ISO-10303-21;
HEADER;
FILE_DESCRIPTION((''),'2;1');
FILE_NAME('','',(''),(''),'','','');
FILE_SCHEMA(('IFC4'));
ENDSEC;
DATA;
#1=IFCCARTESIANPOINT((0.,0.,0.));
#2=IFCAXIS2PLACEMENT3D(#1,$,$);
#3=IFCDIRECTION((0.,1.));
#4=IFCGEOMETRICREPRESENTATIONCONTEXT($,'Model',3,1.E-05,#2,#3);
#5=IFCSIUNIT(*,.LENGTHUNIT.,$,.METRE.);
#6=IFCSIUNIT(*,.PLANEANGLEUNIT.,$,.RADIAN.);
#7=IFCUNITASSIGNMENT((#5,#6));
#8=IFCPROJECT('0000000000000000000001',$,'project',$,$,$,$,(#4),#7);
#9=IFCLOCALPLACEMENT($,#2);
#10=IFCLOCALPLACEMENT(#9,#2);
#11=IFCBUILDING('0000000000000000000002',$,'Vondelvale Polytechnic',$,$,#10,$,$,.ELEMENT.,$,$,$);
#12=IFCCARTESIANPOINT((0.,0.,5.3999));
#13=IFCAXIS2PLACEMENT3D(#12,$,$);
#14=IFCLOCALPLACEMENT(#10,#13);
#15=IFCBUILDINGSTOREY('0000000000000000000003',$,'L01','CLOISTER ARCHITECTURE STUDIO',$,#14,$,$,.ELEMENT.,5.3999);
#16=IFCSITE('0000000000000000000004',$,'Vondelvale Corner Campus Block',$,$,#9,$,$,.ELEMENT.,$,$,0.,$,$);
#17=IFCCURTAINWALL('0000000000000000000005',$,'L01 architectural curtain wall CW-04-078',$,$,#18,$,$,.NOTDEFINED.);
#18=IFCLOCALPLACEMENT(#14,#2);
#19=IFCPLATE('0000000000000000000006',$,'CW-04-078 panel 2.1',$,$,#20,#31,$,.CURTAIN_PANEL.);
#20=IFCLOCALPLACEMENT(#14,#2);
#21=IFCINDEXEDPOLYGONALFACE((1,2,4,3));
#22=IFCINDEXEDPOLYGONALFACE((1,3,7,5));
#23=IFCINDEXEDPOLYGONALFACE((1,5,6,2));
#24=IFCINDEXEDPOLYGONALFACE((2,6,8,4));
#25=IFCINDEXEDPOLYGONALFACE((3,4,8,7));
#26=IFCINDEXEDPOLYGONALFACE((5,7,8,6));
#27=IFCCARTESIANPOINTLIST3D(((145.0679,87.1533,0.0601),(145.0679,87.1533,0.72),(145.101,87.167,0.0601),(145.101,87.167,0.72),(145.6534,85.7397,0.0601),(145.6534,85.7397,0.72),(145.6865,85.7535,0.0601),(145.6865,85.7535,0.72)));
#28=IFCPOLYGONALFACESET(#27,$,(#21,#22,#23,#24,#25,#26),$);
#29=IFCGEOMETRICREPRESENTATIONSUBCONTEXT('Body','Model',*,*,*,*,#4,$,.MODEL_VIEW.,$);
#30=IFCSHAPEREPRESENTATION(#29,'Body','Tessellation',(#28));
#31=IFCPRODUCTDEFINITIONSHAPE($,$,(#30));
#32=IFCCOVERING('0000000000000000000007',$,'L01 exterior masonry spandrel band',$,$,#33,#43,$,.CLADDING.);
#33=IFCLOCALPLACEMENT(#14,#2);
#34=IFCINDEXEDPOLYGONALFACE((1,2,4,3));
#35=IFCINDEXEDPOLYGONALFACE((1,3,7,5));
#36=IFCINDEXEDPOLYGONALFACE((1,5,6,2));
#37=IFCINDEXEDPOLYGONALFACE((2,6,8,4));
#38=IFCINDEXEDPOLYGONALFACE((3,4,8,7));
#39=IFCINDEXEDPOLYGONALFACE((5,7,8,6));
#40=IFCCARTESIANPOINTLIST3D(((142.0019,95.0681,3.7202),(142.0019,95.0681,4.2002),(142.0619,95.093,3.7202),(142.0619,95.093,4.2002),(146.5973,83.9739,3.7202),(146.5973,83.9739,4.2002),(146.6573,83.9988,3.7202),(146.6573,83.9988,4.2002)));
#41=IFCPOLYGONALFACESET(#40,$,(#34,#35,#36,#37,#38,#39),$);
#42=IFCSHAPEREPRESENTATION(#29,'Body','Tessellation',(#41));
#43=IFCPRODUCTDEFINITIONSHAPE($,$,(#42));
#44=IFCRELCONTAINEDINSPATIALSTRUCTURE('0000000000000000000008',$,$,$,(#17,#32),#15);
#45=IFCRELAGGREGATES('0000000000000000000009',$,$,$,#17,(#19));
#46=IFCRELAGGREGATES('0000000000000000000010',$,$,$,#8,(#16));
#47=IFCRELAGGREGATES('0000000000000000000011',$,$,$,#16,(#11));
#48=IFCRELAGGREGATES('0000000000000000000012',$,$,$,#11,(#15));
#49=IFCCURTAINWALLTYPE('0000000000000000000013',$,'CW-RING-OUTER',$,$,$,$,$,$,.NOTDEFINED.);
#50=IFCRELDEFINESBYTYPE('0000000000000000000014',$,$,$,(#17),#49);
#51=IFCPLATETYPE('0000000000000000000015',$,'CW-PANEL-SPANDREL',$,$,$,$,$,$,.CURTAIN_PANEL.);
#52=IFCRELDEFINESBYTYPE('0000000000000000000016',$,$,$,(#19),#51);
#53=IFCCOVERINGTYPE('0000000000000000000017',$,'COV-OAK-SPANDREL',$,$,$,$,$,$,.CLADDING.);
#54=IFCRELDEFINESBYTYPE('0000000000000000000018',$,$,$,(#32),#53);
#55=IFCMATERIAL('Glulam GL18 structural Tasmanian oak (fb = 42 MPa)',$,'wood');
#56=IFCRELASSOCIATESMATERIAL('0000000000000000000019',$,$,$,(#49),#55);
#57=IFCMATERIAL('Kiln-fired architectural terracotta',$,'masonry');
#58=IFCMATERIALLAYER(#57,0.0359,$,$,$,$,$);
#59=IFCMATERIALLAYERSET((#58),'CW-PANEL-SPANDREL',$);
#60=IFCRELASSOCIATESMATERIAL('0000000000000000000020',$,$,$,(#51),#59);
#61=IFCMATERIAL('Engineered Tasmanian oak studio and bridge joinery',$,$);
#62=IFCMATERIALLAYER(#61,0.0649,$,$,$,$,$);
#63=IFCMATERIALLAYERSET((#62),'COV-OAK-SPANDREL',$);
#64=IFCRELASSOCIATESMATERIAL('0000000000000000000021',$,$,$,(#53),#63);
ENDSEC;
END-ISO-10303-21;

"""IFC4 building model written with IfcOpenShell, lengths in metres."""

from ifc_helpers import new_model, si_unit, direction, frame, origin, origin_2d, place, context, subcontext, project, spatial, rectangle, extrude, material, layer, layer_set, type_object, element, aggregate, save


model = new_model("IFC4")

# Units and contexts
model_context = context("Model", 3, precision=1e-05, world=origin(), true_north=direction((0.0, 1.0)))
body_context = subcontext(model_context, "Body", "Model", "MODEL_VIEW")
ifc_project = project(units=[si_unit("LENGTHUNIT", "METRE"), si_unit("PLANEANGLEUNIT", "RADIAN")], contexts=[model_context])

# Site, building, storey
site_placement = place(None, origin())
site = spatial("IfcSite", under=ifc_project, at=site_placement, Name="Vondelvale Corner Campus Block", CompositionType="ELEMENT", RefElevation=0.0)
building_placement = place(site_placement, origin())
building = spatial("IfcBuilding", under=site, at=building_placement, Name="Vondelvale Polytechnic", CompositionType="ELEMENT")
storey_placement = place(building_placement, frame((0.0, 0.0, 5.3999)))
storey = spatial("IfcBuildingStorey", under=building, at=storey_placement, Name="L01", Description="CLOISTER ARCHITECTURE STUDIO", CompositionType="ELEMENT", Elevation=5.3999)

# Shared definitions
ifc_material_1 = material(Name="Glulam GL18 structural Tasmanian oak (fb = 42 MPa)", Category="wood")

# Curtain wall
curtain_wall_type = type_object("IfcCurtainWallType", Name="CW-RING-OUTER", PredefinedType="NOTDEFINED", material=ifc_material_1)
curtain_wall_1_placement = place(storey_placement, origin())
curtain_wall_1 = element("IfcCurtainWall", 1, at=curtain_wall_1_placement, inside=storey, type_object=curtain_wall_type, Name="L01 architectural curtain wall CW-04-078", PredefinedType="NOTDEFINED")

# Plate
ifc_material_2 = material(Name="Engineered Tasmanian oak studio and bridge joinery")
ifc_material_3 = material(Name="Kiln-fired architectural terracotta", Category="masonry")
ifc_layer_1 = layer(ifc_material_3, 0.0359)
ifc_layer_set_1 = layer_set([ifc_layer_1], Name="CW-PANEL-SPANDREL")
plate_type_1 = type_object("IfcPlateType", Name="CW-PANEL-SPANDREL", PredefinedType="CURTAIN_PANEL", material=ifc_layer_set_1)
plate_1_placement = place(storey_placement, frame((145.3772, 86.4534, 0.0601), z_axis=(0.0, 0.0, 1.0), x_axis=(-0.382677, 0.923882, 0.0)))
plate_1 = element("IfcPlate", 2, at=plate_1_placement, type_object=plate_type_1, Name="CW-04-078 panel 2.1", PredefinedType="CURTAIN_PANEL", context=body_context, shape_type="SweptSolid", body=[
    extrude(rectangle(XDim=1.53, YDim=0.0359, at=origin_2d()), origin(), (0.0, 0.0, 1.0), 0.6599),
])
aggregate(curtain_wall_1, [plate_1])

# Covering
ifc_layer_2 = layer(ifc_material_2, 0.0649)
ifc_layer_set_2 = layer_set([ifc_layer_2], Name="COV-OAK-SPANDREL")
covering_type = type_object("IfcCoveringType", Name="COV-OAK-SPANDREL", PredefinedType="CLADDING", material=ifc_layer_set_2)
covering_placement = place(storey_placement, frame((144.3296, 89.5334, 3.7202), z_axis=(0.0, 0.0, 1.0), x_axis=(-0.382683, 0.92388, 0.0)))
element("IfcCovering", 3, at=covering_placement, inside=storey, type_object=covering_type, Name="L01 exterior masonry spandrel band", PredefinedType="CLADDING", context=body_context, shape_type="SweptSolid", body=[
    extrude(rectangle(XDim=12.0083, YDim=0.0649, at=origin_2d()), origin(), (0.0, 0.0, 1.0), 0.48),
])

save(model, "model.ifc")
